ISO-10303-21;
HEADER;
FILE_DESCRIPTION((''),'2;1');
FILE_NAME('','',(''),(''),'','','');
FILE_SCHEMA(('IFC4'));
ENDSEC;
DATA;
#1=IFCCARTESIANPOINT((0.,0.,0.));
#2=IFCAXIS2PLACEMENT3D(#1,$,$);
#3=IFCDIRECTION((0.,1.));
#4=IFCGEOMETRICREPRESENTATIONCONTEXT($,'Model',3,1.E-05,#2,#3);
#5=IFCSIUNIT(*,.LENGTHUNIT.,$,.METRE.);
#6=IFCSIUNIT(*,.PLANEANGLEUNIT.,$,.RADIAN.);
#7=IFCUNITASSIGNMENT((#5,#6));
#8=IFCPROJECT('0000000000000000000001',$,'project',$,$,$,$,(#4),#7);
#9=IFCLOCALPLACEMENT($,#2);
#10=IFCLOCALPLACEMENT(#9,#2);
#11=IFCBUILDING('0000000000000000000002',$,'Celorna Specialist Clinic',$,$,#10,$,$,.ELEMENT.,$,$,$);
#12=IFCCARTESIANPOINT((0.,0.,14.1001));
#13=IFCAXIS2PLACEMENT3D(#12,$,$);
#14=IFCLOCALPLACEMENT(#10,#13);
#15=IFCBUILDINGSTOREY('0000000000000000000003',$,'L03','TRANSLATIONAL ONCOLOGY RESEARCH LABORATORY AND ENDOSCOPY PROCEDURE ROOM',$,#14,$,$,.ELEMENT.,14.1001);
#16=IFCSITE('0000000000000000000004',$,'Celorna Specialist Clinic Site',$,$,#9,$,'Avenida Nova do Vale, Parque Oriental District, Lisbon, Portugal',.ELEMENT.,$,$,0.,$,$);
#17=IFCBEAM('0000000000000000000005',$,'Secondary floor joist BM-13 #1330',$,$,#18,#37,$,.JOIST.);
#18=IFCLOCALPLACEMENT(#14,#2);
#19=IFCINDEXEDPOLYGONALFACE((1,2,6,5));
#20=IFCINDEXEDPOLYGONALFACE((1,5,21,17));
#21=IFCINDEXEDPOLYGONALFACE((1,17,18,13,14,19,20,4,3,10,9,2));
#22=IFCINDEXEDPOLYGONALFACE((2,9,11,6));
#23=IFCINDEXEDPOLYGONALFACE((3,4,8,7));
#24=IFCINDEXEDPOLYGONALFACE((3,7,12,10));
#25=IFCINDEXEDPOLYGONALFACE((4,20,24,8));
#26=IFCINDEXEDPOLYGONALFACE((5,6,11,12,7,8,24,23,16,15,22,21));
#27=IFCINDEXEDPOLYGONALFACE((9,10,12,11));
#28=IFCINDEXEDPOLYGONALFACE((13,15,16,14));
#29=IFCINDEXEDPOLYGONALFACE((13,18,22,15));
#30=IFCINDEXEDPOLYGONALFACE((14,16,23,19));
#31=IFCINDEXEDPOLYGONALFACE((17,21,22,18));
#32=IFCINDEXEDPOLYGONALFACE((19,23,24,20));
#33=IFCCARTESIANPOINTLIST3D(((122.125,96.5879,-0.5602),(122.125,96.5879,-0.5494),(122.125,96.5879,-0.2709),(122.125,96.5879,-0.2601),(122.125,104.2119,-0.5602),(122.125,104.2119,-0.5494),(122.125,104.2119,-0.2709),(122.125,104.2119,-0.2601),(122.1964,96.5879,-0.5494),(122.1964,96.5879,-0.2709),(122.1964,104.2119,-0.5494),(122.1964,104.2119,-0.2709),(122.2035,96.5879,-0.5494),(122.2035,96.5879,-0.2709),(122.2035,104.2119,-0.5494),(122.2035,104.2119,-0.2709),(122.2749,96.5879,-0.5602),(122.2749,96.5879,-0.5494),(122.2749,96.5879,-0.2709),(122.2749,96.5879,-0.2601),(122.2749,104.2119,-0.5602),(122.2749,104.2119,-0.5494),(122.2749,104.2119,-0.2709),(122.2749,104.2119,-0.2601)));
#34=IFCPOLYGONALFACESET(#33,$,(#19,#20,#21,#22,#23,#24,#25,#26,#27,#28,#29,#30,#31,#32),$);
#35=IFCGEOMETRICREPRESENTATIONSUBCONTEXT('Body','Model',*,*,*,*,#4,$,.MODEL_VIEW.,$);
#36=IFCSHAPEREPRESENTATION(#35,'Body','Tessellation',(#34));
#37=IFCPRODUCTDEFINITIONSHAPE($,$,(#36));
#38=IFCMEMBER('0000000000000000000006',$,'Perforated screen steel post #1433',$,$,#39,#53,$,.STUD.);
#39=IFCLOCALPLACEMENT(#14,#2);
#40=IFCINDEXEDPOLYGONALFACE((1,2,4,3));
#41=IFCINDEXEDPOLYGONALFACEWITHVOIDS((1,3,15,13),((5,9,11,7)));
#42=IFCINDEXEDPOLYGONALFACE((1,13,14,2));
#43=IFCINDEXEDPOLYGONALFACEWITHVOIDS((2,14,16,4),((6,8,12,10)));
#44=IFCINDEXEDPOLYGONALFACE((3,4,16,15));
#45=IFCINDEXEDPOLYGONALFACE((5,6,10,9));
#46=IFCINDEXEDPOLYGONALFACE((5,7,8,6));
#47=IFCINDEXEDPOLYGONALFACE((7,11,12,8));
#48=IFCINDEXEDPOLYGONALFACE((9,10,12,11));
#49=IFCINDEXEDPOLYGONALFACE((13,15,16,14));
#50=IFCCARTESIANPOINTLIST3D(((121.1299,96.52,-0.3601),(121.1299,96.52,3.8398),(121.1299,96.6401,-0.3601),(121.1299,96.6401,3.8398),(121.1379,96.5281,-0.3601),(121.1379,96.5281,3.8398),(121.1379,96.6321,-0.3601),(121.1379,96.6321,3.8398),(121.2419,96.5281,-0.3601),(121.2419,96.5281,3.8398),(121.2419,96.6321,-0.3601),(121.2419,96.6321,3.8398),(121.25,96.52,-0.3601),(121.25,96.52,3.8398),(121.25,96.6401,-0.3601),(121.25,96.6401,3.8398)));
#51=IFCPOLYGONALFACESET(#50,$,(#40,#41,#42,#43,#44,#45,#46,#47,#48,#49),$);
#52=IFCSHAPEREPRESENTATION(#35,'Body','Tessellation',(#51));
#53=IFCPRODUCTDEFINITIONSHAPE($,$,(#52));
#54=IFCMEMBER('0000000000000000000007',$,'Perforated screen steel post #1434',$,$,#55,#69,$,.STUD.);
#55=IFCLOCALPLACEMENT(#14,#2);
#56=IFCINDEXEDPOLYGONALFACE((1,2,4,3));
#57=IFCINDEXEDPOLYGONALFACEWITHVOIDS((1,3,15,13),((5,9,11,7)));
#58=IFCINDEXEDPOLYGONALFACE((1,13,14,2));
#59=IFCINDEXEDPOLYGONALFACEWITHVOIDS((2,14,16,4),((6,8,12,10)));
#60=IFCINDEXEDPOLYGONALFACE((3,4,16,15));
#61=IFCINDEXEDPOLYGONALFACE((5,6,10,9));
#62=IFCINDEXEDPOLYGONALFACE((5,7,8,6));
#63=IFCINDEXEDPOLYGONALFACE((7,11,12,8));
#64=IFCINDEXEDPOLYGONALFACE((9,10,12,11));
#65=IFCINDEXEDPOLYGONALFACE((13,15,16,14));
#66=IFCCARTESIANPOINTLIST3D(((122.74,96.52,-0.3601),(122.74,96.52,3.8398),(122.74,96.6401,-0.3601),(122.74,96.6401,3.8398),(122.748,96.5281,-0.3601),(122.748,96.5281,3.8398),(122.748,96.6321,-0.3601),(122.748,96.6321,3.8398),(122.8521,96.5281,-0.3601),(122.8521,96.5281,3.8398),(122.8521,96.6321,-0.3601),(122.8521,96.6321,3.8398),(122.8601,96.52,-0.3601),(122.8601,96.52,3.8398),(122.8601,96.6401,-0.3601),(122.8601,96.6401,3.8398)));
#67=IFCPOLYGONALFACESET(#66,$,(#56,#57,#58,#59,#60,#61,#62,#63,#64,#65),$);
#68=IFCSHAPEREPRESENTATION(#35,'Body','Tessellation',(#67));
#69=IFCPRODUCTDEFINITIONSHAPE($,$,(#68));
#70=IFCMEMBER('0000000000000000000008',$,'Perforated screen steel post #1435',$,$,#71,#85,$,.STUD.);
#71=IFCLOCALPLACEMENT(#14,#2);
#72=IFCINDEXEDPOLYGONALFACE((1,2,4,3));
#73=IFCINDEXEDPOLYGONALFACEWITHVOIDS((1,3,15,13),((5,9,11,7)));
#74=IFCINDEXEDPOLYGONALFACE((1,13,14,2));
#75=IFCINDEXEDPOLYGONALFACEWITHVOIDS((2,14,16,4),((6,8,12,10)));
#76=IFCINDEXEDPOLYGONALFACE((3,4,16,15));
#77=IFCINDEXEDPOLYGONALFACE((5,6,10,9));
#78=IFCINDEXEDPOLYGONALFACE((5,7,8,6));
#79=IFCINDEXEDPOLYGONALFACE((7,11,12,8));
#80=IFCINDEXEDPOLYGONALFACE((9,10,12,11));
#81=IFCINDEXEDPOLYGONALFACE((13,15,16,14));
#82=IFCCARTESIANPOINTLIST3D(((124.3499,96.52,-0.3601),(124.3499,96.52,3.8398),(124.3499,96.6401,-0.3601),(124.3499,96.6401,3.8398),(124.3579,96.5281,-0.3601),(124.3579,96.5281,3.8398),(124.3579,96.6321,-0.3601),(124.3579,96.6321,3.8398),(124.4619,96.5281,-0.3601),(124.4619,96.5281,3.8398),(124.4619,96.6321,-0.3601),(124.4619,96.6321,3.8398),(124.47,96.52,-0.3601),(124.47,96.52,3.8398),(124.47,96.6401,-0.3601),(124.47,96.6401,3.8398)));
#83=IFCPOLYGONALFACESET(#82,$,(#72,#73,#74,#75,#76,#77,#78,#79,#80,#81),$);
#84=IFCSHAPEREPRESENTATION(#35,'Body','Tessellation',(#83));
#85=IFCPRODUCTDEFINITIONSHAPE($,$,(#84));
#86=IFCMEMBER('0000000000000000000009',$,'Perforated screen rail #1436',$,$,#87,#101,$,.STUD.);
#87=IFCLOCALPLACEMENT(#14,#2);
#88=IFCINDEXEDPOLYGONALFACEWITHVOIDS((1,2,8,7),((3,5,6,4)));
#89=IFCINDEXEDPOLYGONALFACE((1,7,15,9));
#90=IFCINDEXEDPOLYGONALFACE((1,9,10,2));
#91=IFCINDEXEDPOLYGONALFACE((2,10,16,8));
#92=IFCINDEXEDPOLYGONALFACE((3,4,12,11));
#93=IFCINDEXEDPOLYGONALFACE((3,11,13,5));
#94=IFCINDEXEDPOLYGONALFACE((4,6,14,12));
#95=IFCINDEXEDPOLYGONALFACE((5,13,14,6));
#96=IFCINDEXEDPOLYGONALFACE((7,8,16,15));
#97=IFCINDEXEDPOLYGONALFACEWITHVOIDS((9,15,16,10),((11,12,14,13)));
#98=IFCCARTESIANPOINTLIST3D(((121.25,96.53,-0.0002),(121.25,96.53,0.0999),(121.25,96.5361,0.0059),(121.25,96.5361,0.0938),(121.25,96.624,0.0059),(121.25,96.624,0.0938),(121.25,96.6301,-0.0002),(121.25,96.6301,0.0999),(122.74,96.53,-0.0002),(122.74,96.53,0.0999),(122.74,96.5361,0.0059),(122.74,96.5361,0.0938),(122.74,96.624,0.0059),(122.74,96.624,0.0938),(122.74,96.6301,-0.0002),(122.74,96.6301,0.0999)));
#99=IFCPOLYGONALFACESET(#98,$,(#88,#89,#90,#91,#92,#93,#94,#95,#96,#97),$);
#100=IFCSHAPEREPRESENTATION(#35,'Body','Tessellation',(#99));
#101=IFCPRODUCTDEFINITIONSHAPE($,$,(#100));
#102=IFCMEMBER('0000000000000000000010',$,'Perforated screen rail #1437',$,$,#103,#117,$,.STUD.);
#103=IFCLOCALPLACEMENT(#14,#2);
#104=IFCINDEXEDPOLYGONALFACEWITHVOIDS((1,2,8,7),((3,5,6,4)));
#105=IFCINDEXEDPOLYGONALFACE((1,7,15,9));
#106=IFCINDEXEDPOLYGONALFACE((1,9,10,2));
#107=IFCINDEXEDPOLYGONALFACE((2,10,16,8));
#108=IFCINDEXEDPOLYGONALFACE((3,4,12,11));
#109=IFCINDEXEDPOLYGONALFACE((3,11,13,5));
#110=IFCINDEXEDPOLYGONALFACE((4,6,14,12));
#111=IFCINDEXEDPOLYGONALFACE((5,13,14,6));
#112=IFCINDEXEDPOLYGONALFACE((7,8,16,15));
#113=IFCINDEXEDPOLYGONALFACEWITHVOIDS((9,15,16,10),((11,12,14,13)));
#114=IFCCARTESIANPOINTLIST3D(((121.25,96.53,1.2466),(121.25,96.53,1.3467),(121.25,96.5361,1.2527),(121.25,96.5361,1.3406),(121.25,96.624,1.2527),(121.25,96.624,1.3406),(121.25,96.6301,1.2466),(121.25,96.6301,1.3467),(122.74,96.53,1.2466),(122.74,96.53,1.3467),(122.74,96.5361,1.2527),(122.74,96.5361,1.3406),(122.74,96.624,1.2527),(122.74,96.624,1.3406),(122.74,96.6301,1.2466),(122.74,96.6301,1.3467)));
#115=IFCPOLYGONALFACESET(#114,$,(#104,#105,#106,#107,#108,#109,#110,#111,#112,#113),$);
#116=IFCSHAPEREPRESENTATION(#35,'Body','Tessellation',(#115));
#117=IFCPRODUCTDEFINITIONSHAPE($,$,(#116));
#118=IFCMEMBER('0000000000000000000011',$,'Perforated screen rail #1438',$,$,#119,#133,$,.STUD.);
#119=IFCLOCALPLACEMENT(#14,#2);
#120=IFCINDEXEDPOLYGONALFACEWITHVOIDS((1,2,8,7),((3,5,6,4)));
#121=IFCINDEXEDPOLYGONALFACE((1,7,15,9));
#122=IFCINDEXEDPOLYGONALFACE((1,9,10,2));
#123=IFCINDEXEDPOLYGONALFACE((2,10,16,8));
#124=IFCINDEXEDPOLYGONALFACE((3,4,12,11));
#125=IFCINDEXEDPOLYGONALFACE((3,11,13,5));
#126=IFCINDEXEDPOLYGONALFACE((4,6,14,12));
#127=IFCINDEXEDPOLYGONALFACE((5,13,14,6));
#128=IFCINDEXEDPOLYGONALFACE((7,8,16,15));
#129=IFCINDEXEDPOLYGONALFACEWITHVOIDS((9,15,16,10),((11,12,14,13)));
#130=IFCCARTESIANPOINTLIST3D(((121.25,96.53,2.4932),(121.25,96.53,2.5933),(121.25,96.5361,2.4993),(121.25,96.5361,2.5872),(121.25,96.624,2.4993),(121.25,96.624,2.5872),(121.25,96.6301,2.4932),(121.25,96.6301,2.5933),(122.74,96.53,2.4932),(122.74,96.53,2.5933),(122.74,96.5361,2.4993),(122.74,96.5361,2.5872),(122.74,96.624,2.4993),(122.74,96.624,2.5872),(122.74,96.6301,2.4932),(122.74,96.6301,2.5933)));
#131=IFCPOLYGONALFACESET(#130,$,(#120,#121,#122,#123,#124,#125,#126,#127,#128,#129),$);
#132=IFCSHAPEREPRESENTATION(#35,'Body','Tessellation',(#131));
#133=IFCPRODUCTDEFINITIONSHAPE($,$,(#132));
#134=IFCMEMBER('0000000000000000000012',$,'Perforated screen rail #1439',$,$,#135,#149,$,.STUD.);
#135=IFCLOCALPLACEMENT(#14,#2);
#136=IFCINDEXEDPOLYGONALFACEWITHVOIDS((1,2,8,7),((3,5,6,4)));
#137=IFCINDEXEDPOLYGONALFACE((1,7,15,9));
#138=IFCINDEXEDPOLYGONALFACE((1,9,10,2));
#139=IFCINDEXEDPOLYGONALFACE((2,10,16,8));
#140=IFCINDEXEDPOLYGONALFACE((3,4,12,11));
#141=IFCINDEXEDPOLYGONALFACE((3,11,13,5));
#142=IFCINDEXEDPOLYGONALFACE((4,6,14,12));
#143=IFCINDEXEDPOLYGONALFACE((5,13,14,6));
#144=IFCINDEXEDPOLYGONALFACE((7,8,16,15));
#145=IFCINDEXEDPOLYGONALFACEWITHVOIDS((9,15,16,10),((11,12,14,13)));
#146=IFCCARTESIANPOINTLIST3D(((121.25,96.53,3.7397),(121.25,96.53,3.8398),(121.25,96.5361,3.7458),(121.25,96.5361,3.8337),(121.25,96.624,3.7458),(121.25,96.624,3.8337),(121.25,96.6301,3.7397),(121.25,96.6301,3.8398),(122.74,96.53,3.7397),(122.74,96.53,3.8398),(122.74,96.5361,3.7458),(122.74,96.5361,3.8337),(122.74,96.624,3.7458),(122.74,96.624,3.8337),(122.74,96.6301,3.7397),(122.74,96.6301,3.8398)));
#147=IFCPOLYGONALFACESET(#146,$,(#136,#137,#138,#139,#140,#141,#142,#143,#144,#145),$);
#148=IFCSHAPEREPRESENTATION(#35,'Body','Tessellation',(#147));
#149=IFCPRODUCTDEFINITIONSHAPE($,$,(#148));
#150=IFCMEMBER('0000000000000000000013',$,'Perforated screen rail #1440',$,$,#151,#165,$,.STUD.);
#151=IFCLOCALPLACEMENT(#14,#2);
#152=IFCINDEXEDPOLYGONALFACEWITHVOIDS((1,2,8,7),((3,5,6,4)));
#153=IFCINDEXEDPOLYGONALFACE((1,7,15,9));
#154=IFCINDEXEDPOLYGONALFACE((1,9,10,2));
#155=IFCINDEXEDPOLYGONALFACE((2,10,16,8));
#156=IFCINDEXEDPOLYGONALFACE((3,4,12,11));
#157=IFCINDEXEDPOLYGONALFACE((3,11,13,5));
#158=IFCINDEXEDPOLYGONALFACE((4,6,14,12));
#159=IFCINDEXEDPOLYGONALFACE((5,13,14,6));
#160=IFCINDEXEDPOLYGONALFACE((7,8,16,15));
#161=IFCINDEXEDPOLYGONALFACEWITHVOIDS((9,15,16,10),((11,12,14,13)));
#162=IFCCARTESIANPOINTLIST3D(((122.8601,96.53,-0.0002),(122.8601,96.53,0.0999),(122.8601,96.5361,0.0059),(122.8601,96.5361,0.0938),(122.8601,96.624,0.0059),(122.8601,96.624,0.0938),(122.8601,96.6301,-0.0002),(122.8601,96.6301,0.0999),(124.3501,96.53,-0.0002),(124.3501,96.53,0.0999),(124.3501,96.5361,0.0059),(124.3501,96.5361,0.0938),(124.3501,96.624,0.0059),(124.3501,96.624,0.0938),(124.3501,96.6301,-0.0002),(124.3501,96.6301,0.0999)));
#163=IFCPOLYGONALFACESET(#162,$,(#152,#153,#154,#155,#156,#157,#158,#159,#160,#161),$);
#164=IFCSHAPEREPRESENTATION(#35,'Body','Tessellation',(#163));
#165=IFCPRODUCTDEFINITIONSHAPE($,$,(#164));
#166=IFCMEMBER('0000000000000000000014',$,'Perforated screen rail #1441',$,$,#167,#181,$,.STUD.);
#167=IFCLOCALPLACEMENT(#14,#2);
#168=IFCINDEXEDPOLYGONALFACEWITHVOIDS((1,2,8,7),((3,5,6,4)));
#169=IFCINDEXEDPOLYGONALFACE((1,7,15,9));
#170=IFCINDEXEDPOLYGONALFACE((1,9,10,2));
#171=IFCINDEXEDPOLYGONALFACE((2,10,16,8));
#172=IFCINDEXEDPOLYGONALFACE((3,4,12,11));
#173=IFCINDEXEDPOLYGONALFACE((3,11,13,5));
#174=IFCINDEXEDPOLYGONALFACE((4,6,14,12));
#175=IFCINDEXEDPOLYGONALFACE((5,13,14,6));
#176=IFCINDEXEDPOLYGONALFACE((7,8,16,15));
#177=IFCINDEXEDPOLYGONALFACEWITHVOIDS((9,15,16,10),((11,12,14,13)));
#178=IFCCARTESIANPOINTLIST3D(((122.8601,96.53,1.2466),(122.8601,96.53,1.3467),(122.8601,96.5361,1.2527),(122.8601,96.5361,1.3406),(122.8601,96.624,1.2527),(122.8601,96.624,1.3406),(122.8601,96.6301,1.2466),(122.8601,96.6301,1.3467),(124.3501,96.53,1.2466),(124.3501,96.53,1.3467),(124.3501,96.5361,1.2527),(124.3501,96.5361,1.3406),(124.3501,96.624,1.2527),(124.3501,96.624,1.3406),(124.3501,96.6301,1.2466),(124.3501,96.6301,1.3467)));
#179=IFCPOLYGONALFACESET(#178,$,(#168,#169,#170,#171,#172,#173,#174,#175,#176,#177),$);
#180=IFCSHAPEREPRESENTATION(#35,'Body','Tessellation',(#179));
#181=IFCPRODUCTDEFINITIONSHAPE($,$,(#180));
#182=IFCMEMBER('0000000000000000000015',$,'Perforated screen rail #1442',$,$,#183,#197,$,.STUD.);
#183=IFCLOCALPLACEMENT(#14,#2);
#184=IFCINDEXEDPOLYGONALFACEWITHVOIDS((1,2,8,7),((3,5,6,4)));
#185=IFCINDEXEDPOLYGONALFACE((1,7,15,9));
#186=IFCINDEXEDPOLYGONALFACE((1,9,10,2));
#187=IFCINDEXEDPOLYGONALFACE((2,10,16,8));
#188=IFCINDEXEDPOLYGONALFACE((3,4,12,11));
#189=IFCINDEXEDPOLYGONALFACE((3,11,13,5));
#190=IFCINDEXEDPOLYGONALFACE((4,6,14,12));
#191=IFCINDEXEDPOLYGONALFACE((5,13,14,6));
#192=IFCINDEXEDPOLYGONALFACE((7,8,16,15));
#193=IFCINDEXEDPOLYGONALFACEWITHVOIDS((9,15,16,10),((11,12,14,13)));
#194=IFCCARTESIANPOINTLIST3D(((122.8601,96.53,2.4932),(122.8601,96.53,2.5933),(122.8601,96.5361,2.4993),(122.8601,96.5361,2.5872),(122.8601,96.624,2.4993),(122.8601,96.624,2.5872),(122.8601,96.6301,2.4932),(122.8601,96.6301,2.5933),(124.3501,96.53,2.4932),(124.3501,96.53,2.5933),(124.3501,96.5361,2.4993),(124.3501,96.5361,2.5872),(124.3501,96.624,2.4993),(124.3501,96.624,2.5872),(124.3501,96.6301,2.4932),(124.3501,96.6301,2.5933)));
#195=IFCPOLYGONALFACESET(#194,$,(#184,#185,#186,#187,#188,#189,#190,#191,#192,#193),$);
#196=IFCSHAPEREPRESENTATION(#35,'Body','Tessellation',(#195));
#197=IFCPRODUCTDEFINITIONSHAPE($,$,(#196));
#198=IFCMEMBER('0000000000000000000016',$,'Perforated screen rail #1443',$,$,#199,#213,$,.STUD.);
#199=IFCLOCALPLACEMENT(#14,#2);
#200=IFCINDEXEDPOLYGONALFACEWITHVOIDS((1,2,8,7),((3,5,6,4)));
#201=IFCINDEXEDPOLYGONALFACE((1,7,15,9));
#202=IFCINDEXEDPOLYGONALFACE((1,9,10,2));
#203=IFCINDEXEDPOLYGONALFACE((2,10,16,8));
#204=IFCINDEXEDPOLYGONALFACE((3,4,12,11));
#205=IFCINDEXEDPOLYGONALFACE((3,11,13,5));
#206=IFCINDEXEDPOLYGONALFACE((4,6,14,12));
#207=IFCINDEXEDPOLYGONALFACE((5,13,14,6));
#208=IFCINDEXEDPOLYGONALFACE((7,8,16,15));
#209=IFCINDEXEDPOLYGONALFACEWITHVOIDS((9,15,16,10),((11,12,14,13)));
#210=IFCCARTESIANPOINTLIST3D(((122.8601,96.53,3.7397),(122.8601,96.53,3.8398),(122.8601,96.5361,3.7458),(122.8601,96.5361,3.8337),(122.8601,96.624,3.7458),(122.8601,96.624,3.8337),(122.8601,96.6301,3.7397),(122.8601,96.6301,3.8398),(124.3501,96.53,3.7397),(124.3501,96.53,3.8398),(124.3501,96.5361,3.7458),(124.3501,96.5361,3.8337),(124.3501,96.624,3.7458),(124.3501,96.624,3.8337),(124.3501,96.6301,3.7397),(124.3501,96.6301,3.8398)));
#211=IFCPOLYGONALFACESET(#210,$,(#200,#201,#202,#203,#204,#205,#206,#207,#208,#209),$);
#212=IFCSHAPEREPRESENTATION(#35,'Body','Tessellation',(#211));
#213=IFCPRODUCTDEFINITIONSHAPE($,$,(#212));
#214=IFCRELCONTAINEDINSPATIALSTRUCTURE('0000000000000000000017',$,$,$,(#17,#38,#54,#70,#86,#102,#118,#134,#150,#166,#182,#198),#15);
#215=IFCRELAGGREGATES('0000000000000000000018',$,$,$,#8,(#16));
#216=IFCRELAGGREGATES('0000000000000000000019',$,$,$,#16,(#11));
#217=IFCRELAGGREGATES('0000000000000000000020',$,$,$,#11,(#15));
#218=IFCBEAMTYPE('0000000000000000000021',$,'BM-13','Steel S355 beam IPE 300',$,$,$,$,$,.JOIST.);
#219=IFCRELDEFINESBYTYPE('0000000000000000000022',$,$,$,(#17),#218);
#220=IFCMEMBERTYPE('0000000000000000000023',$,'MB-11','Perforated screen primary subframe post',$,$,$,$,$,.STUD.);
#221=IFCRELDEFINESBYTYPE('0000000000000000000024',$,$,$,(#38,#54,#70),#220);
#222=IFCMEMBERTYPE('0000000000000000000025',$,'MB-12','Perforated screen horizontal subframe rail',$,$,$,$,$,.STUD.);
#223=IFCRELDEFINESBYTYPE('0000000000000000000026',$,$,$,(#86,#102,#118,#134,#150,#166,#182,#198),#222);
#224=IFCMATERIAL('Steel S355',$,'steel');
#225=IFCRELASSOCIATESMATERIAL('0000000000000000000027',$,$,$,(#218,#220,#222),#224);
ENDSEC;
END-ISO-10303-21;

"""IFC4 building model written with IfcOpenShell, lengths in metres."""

from ifc_helpers import new_model, si_unit, direction, frame, origin, origin_2d, place, context, subcontext, project, spatial, hollow_rectangle, i_section, extrude, material, material_profile, profile_set, type_object, element, save


model = new_model("IFC4")

# Units and contexts
model_context = context("Model", 3, precision=1e-05, world=origin(), true_north=direction((0.0, 1.0)))
body_context = subcontext(model_context, "Body", "Model", "MODEL_VIEW")
ifc_project = project(units=[si_unit("LENGTHUNIT", "METRE"), si_unit("PLANEANGLEUNIT", "RADIAN")], contexts=[model_context])

# Site, building, storey
site_placement = place(None, origin())
site = spatial("IfcSite", under=ifc_project, at=site_placement, Name="Celorna Specialist Clinic Site", LongName="Avenida Nova do Vale, Parque Oriental District, Lisbon, Portugal", CompositionType="ELEMENT", RefElevation=0.0)
building_placement = place(site_placement, origin())
building = spatial("IfcBuilding", under=site, at=building_placement, Name="Celorna Specialist Clinic", CompositionType="ELEMENT")
storey_placement = place(building_placement, frame((0.0, 0.0, 14.1001)))
storey = spatial("IfcBuildingStorey", under=building, at=storey_placement, Name="L03", Description="TRANSLATIONAL ONCOLOGY RESEARCH LABORATORY AND ENDOSCOPY PROCEDURE ROOM", CompositionType="ELEMENT", Elevation=14.1001)

# Beam
ifc_material_1 = material(Name="Steel S355", Category="steel")
ifc_material_profile_1 = material_profile(ifc_material_1, i_section(OverallWidth=0.1499, OverallDepth=0.3, WebThickness=0.0071, FlangeThickness=0.0107, at=origin_2d()), Name="IPE 300")
ifc_profile_set_1 = profile_set([ifc_material_profile_1], Name="Steel S355")
beam_type = type_object("IfcBeamType", Name="BM-13", Description="Steel S355 beam IPE 300", PredefinedType="JOIST", material=ifc_profile_set_1)
beam_placement = place(storey_placement, frame((122.2, 96.5879, -0.4102), z_axis=(0.0, 1.0, 0.0), x_axis=(-1.0, 0.0, 0.0)))
element("IfcBeam", 1, at=beam_placement, inside=storey, type_object=beam_type, Name="Secondary floor joist BM-13 #1330", PredefinedType="JOIST", context=body_context, shape_type="SweptSolid", body=[
    extrude(i_section(OverallWidth=0.1499, OverallDepth=0.3, WebThickness=0.0071, FlangeThickness=0.0107, at=origin_2d()), origin(), (0.0, 0.0, 1.0), 7.624),
])

# Members
ifc_material_profile_2 = material_profile(ifc_material_1, hollow_rectangle(XDim=0.1201, YDim=0.1201, WallThickness=0.0081, at=origin_2d()), Name="SHS 120x120x8")
ifc_profile_set_2 = profile_set([ifc_material_profile_2], Name="Steel S355")
member_type_1 = type_object("IfcMemberType", Name="MB-11", Description="Perforated screen primary subframe post", PredefinedType="STUD", material=ifc_profile_set_2)
for number, where, z_axis, x_axis, name in (
    (2, (121.1899, 96.5801, -0.3601), (0.0, 0.0, 1.0), (1.0, 0.0, 0.0), "Perforated screen steel post #1433"),
    (3, (122.8, 96.5801, -0.3601), (0.0, 0.0, 1.0), (1.0, 0.0, 0.0), "Perforated screen steel post #1434"),
    (4, (124.4099, 96.5801, -0.3601), (0.0, 0.0, 1.0), (1.0, 0.0, 0.0), "Perforated screen steel post #1435"),
):
    element("IfcMember", number, at=place(storey_placement, frame(where, z_axis=z_axis, x_axis=x_axis)), inside=storey, type_object=member_type_1, Name=name, PredefinedType="STUD", context=body_context, shape_type="SweptSolid", body=[
        extrude(hollow_rectangle(XDim=0.1201, YDim=0.1201, WallThickness=0.0081, at=origin_2d()), origin(), (0.0, 0.0, 1.0), 4.2),
    ])
ifc_material_profile_3 = material_profile(ifc_material_1, hollow_rectangle(XDim=0.1001, YDim=0.1001, WallThickness=0.0061, at=origin_2d()), Name="SHS 100x100x6")
ifc_profile_set_3 = profile_set([ifc_material_profile_3], Name="Steel S355")
member_type_2 = type_object("IfcMemberType", Name="MB-12", Description="Perforated screen horizontal subframe rail", PredefinedType="STUD", material=ifc_profile_set_3)
for number, where, z_axis, x_axis, name in (
    (5, (121.25, 96.5801, 0.0498), (1.0, 0.0, 0.0), (0.0, 1.0, 0.0), "Perforated screen rail #1436"),
    (6, (121.25, 96.5801, 1.2966), (1.0, 0.0, 0.0), (0.0, 1.0, 0.0), "Perforated screen rail #1437"),
    (7, (121.25, 96.5801, 2.5432), (1.0, 0.0, 0.0), (0.0, 1.0, 0.0), "Perforated screen rail #1438"),
    (8, (121.25, 96.5801, 3.7898), (1.0, 0.0, 0.0), (0.0, 1.0, 0.0), "Perforated screen rail #1439"),
    (9, (122.8601, 96.5801, 0.0498), (1.0, 0.0, 0.0), (0.0, 1.0, 0.0), "Perforated screen rail #1440"),
    (10, (122.8601, 96.5801, 1.2966), (1.0, 0.0, 0.0), (0.0, 1.0, 0.0), "Perforated screen rail #1441"),
    (11, (122.8601, 96.5801, 2.5432), (1.0, 0.0, 0.0), (0.0, 1.0, 0.0), "Perforated screen rail #1442"),
    (12, (122.8601, 96.5801, 3.7898), (1.0, 0.0, 0.0), (0.0, 1.0, 0.0), "Perforated screen rail #1443"),
):
    element("IfcMember", number, at=place(storey_placement, frame(where, z_axis=z_axis, x_axis=x_axis)), inside=storey, type_object=member_type_2, Name=name, PredefinedType="STUD", context=body_context, shape_type="SweptSolid", body=[
        extrude(hollow_rectangle(XDim=0.1001, YDim=0.1001, WallThickness=0.0061, at=origin_2d()), origin(), (0.0, 0.0, 1.0), 1.49),
    ])

save(model, "model.ifc")
